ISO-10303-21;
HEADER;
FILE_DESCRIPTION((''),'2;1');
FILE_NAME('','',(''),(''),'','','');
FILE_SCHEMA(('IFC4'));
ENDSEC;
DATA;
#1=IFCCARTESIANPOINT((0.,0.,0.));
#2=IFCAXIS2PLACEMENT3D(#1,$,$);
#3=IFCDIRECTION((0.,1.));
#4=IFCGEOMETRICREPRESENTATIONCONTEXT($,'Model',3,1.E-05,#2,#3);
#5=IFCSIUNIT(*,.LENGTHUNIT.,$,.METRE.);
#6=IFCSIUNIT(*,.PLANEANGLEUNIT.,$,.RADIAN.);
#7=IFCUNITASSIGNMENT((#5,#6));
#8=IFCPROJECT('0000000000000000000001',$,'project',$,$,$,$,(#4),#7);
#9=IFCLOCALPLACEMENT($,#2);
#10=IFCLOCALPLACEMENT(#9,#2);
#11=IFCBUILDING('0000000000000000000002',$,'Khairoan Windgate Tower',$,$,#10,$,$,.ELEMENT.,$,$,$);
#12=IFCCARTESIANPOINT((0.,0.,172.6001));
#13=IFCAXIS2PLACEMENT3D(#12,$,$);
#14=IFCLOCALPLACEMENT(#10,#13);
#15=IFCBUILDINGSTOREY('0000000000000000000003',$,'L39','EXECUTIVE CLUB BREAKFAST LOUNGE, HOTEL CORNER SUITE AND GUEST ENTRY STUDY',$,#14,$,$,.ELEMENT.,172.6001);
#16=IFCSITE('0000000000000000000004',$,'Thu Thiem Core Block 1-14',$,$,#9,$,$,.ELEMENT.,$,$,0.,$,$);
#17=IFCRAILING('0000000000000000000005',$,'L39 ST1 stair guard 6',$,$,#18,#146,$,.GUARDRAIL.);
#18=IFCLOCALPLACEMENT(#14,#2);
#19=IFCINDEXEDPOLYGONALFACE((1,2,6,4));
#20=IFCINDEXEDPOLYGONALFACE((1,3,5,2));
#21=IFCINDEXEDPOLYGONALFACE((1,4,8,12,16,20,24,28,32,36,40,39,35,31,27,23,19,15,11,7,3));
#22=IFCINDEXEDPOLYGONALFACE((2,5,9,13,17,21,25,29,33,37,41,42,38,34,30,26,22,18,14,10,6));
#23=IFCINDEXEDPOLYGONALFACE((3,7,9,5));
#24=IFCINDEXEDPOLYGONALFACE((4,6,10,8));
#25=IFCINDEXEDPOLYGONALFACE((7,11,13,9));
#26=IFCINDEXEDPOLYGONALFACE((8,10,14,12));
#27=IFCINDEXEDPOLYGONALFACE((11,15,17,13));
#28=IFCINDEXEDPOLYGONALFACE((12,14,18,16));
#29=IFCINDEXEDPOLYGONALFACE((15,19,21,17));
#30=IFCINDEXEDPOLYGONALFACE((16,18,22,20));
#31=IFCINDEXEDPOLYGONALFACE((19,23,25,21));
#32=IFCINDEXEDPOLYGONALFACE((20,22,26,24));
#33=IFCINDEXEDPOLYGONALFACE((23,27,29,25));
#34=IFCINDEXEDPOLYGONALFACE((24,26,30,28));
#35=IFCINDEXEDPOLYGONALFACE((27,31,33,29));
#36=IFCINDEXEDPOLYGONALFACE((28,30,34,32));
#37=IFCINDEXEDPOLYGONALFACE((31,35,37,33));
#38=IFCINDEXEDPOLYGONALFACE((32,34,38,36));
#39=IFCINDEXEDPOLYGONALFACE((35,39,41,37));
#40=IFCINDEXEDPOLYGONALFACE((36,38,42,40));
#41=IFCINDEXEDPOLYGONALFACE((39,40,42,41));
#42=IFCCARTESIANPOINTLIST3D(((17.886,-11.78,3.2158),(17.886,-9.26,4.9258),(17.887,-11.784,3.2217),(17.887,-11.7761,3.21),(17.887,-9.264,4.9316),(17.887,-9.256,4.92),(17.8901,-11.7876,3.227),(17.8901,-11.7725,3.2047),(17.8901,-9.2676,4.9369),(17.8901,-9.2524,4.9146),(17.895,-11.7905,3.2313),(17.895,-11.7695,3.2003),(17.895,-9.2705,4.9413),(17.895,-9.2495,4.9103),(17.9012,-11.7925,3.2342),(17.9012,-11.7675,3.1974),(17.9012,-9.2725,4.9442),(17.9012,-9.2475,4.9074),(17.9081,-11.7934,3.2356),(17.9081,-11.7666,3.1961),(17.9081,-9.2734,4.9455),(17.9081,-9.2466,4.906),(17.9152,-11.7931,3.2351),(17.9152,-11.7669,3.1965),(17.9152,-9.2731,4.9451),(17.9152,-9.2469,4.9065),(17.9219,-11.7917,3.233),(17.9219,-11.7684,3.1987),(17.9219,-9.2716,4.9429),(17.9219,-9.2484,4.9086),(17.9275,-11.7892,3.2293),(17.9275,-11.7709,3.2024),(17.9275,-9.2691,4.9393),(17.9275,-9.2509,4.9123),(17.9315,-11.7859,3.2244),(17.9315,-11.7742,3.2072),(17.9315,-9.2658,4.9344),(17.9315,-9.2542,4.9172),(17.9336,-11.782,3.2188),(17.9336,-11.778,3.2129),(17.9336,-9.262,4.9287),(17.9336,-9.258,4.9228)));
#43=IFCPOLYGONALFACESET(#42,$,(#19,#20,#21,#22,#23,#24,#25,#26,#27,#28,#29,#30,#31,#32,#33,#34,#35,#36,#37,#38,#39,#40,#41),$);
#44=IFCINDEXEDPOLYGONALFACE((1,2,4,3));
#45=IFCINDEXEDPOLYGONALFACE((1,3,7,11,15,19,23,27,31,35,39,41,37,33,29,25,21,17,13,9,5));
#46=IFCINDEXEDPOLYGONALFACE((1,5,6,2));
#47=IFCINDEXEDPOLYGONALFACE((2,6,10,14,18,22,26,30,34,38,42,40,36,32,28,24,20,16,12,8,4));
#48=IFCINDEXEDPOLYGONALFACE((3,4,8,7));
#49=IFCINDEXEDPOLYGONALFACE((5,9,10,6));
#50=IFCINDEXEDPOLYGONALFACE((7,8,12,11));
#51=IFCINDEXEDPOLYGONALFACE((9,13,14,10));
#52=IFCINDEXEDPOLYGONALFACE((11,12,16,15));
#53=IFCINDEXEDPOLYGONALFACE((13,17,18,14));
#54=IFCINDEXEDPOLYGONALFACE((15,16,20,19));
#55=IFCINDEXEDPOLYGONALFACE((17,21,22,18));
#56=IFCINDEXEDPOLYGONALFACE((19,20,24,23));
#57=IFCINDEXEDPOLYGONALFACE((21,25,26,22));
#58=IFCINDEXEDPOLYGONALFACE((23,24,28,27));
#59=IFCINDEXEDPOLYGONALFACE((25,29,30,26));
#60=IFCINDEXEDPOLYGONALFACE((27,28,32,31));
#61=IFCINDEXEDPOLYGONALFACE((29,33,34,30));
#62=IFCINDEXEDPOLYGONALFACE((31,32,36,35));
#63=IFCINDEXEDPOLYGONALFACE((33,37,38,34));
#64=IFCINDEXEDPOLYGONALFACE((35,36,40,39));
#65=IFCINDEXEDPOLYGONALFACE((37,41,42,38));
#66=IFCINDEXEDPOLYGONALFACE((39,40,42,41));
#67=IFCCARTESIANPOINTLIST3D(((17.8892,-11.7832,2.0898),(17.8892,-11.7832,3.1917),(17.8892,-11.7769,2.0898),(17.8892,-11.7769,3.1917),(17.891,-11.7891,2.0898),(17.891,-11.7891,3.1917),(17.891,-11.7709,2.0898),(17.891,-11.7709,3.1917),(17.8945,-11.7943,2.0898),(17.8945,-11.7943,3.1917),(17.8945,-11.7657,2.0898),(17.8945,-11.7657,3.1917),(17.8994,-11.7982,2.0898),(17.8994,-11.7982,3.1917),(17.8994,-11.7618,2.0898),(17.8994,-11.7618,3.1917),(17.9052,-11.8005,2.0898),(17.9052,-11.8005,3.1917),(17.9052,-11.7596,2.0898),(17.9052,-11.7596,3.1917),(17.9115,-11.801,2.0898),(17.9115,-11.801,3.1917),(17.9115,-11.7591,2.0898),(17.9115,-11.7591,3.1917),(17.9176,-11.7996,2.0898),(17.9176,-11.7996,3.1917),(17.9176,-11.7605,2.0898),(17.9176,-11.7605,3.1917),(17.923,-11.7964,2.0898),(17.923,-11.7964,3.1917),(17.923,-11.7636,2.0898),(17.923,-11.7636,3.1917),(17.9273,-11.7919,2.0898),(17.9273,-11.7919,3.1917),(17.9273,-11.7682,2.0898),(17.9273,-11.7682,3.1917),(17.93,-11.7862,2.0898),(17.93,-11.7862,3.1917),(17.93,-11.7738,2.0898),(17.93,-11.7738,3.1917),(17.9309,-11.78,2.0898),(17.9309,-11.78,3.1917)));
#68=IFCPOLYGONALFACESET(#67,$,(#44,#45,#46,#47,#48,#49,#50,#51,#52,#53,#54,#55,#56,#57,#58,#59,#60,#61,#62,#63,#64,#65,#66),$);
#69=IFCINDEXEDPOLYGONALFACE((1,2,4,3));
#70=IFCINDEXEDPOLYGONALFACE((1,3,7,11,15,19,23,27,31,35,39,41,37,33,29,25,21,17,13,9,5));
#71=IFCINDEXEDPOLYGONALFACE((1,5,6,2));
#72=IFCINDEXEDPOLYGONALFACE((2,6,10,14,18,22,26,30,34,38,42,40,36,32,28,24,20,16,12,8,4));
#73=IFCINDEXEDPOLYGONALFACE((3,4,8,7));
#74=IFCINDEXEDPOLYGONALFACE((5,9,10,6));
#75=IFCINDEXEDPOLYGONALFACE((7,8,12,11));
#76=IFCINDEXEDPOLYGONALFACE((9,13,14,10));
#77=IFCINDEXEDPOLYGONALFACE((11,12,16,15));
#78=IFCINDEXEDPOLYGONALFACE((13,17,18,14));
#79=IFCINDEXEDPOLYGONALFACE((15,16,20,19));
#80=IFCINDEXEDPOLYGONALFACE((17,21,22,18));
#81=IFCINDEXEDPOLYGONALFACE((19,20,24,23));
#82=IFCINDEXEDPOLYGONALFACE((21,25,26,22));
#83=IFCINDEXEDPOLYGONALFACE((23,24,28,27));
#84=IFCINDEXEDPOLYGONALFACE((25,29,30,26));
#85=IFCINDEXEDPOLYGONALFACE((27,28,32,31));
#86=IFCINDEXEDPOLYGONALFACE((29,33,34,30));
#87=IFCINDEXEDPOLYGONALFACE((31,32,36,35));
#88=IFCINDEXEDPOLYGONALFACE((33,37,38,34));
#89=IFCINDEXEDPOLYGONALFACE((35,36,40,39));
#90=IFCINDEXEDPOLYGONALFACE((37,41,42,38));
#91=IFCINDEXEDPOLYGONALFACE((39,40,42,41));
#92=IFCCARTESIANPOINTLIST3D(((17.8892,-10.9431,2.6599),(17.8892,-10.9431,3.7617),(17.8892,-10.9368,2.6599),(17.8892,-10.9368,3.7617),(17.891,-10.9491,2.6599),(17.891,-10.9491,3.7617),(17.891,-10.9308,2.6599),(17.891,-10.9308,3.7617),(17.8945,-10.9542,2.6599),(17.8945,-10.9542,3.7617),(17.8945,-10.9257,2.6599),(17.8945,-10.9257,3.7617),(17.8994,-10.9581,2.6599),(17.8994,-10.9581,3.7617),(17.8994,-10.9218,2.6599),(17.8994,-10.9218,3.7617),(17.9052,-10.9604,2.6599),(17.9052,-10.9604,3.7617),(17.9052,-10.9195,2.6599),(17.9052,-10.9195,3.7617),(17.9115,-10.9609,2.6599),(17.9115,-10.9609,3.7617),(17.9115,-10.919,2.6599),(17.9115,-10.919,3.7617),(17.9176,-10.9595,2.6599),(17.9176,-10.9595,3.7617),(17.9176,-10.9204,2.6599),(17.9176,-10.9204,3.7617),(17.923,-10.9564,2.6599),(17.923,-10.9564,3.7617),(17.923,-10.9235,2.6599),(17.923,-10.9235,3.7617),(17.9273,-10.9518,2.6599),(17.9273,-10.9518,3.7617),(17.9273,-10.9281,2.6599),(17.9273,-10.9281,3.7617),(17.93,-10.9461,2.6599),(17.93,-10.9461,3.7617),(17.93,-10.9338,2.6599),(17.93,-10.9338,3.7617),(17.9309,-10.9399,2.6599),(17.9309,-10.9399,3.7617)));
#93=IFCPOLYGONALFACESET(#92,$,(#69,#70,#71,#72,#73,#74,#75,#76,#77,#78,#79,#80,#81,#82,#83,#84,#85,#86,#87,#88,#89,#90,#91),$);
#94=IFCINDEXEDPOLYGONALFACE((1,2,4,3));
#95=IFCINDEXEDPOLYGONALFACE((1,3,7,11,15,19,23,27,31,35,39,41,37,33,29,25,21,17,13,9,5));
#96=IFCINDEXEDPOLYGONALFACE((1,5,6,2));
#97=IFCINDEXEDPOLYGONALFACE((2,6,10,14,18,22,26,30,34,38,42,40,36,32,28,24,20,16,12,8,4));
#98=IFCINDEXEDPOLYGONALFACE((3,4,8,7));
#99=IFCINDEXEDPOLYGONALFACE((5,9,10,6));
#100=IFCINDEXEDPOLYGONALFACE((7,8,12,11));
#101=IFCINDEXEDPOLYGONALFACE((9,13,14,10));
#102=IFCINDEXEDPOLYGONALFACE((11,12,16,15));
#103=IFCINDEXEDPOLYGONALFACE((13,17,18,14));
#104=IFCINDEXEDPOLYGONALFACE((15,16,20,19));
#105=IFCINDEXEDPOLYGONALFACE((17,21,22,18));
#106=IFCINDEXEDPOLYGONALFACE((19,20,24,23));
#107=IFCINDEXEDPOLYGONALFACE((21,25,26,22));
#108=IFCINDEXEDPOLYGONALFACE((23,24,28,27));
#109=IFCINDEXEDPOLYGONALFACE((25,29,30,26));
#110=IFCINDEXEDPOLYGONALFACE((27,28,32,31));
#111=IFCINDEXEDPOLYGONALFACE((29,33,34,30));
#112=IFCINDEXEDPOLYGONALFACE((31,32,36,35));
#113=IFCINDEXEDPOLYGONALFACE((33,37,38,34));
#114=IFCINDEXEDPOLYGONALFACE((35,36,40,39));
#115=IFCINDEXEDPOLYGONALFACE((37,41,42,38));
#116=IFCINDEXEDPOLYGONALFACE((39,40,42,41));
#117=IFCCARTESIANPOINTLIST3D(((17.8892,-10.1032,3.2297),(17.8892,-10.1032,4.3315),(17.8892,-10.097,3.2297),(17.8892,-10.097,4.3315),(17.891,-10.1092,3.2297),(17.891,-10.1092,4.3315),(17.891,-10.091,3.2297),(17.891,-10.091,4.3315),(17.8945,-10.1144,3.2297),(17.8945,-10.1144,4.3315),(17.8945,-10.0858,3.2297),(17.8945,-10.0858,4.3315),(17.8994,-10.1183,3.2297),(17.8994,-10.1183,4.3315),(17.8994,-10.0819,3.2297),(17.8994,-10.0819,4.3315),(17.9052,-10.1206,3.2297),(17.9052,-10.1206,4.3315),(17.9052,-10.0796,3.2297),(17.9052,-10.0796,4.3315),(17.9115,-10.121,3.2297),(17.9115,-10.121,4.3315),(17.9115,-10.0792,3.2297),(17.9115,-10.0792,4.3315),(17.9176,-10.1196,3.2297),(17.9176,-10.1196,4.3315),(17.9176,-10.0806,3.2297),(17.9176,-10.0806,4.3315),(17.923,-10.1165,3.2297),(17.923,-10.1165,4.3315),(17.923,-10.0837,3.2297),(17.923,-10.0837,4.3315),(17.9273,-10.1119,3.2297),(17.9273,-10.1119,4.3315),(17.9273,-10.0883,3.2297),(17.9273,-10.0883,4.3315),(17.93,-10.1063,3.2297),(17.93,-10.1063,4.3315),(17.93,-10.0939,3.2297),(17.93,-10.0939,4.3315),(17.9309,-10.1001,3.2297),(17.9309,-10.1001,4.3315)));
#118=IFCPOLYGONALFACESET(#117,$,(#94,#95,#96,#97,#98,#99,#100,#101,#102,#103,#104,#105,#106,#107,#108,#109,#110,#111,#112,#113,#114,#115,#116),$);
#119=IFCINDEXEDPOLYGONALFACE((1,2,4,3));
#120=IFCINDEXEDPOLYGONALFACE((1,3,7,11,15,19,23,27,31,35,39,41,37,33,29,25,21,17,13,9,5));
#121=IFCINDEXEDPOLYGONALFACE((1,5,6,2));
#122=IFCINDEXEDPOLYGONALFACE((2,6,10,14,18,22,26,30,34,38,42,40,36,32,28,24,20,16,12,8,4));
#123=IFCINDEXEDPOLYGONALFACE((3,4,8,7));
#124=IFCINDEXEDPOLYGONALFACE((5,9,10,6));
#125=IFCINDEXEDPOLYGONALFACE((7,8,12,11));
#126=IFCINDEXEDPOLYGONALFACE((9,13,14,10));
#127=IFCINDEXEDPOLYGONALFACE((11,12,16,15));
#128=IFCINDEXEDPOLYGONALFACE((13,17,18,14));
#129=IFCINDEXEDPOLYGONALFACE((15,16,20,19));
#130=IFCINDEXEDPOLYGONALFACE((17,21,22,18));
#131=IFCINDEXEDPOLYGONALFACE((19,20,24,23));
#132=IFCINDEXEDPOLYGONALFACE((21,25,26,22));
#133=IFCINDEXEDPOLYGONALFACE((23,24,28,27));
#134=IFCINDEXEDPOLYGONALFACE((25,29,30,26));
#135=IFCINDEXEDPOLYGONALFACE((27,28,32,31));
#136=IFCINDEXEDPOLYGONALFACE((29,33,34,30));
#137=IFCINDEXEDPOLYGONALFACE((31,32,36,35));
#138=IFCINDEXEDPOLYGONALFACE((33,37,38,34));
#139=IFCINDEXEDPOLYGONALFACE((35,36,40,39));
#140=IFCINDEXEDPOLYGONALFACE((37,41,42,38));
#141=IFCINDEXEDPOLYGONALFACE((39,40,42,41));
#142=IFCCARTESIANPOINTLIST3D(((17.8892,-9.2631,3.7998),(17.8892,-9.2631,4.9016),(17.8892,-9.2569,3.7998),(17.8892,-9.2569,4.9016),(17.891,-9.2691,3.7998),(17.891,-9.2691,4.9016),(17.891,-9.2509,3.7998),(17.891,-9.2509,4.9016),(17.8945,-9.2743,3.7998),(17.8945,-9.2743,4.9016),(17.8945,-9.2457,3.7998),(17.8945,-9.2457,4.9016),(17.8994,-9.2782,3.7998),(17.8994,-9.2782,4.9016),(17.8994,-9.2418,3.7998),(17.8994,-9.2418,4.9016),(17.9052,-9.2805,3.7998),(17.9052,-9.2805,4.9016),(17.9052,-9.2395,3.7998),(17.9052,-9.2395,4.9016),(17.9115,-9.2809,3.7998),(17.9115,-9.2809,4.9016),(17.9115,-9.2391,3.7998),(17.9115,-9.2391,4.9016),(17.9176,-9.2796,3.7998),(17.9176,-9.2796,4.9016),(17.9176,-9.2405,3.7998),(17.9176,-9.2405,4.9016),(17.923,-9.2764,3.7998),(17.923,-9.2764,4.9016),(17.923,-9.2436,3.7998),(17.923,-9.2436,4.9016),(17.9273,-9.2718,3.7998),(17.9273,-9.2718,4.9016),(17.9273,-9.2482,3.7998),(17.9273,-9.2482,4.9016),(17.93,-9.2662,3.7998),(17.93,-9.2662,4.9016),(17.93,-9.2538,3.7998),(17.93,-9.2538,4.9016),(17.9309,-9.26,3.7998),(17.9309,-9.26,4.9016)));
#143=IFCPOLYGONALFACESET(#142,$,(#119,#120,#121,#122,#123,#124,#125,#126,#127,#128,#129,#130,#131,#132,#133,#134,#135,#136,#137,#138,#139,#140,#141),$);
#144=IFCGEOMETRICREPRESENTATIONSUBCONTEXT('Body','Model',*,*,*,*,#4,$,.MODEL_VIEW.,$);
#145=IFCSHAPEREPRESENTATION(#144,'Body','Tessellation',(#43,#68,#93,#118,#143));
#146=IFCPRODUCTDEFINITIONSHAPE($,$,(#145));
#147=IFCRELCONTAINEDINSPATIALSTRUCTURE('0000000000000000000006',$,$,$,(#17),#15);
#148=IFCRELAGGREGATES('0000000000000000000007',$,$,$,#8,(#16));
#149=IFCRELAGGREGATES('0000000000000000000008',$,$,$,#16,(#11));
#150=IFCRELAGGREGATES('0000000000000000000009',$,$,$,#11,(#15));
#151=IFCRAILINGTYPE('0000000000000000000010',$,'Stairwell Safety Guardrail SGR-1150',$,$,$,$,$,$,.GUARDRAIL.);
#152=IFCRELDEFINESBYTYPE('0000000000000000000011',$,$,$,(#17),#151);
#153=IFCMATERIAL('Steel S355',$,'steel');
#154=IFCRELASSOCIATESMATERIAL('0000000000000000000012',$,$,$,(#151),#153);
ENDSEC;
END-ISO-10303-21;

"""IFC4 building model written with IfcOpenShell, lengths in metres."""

from ifc_helpers import new_model, si_unit, direction, frame, origin, origin_2d, place, context, subcontext, project, spatial, circle, extrude, material, type_object, element, save


model = new_model("IFC4")

# Units and contexts
model_context = context("Model", 3, precision=1e-05, world=origin(), true_north=direction((0.0, 1.0)))
body_context = subcontext(model_context, "Body", "Model", "MODEL_VIEW")
ifc_project = project(units=[si_unit("LENGTHUNIT", "METRE"), si_unit("PLANEANGLEUNIT", "RADIAN")], contexts=[model_context])

# Site, building, storey
site_placement = place(None, origin())
site = spatial("IfcSite", under=ifc_project, at=site_placement, Name="Thu Thiem Core Block 1-14", CompositionType="ELEMENT", RefElevation=0.0)
building_placement = place(site_placement, origin())
building = spatial("IfcBuilding", under=site, at=building_placement, Name="Khairoan Windgate Tower", CompositionType="ELEMENT")
storey_placement = place(building_placement, frame((0.0, 0.0, 172.6001)))
storey = spatial("IfcBuildingStorey", under=building, at=storey_placement, Name="L39", Description="EXECUTIVE CLUB BREAKFAST LOUNGE, HOTEL CORNER SUITE AND GUEST ENTRY STUDY", CompositionType="ELEMENT", Elevation=172.6001)

# Railing
ifc_material_1 = material(Name="Steel S355", Category="steel")
railing_type = type_object("IfcRailingType", Name="Stairwell Safety Guardrail SGR-1150", PredefinedType="GUARDRAIL", material=ifc_material_1)
railing_1_placement = place(storey_placement, frame((17.9099, -11.78, 2.0898)))
element("IfcRailing", 1, at=railing_1_placement, inside=storey, type_object=railing_type, Name="L39 ST1 stair guard 6", PredefinedType="GUARDRAIL", context=body_context, shape_type="SweptSolid", body=[
    extrude(circle(Radius=0.0239, at=origin_2d()), frame((0.0, 0.0, 1.126), z_axis=(0.0, 0.827484, 0.56149), x_axis=(-1.0, 0.0, 0.0)), (0.0, 0.0, 1.0), 3.0454),
    extrude(circle(Radius=0.021, at=origin_2d()), origin(), (0.0, 0.0, 1.0), 1.1018),
    extrude(circle(Radius=0.021, at=origin_2d()), frame((0.0, 0.8401, 0.5701)), (0.0, 0.0, 1.0), 1.1018),
    extrude(circle(Radius=0.021, at=origin_2d()), frame((0.0, 1.6799, 1.1399)), (0.0, 0.0, 1.0), 1.1018),
    extrude(circle(Radius=0.021, at=origin_2d()), frame((0.0, 2.52, 1.71)), (0.0, 0.0, 1.0), 1.1018),
])

save(model, "model.ifc")
